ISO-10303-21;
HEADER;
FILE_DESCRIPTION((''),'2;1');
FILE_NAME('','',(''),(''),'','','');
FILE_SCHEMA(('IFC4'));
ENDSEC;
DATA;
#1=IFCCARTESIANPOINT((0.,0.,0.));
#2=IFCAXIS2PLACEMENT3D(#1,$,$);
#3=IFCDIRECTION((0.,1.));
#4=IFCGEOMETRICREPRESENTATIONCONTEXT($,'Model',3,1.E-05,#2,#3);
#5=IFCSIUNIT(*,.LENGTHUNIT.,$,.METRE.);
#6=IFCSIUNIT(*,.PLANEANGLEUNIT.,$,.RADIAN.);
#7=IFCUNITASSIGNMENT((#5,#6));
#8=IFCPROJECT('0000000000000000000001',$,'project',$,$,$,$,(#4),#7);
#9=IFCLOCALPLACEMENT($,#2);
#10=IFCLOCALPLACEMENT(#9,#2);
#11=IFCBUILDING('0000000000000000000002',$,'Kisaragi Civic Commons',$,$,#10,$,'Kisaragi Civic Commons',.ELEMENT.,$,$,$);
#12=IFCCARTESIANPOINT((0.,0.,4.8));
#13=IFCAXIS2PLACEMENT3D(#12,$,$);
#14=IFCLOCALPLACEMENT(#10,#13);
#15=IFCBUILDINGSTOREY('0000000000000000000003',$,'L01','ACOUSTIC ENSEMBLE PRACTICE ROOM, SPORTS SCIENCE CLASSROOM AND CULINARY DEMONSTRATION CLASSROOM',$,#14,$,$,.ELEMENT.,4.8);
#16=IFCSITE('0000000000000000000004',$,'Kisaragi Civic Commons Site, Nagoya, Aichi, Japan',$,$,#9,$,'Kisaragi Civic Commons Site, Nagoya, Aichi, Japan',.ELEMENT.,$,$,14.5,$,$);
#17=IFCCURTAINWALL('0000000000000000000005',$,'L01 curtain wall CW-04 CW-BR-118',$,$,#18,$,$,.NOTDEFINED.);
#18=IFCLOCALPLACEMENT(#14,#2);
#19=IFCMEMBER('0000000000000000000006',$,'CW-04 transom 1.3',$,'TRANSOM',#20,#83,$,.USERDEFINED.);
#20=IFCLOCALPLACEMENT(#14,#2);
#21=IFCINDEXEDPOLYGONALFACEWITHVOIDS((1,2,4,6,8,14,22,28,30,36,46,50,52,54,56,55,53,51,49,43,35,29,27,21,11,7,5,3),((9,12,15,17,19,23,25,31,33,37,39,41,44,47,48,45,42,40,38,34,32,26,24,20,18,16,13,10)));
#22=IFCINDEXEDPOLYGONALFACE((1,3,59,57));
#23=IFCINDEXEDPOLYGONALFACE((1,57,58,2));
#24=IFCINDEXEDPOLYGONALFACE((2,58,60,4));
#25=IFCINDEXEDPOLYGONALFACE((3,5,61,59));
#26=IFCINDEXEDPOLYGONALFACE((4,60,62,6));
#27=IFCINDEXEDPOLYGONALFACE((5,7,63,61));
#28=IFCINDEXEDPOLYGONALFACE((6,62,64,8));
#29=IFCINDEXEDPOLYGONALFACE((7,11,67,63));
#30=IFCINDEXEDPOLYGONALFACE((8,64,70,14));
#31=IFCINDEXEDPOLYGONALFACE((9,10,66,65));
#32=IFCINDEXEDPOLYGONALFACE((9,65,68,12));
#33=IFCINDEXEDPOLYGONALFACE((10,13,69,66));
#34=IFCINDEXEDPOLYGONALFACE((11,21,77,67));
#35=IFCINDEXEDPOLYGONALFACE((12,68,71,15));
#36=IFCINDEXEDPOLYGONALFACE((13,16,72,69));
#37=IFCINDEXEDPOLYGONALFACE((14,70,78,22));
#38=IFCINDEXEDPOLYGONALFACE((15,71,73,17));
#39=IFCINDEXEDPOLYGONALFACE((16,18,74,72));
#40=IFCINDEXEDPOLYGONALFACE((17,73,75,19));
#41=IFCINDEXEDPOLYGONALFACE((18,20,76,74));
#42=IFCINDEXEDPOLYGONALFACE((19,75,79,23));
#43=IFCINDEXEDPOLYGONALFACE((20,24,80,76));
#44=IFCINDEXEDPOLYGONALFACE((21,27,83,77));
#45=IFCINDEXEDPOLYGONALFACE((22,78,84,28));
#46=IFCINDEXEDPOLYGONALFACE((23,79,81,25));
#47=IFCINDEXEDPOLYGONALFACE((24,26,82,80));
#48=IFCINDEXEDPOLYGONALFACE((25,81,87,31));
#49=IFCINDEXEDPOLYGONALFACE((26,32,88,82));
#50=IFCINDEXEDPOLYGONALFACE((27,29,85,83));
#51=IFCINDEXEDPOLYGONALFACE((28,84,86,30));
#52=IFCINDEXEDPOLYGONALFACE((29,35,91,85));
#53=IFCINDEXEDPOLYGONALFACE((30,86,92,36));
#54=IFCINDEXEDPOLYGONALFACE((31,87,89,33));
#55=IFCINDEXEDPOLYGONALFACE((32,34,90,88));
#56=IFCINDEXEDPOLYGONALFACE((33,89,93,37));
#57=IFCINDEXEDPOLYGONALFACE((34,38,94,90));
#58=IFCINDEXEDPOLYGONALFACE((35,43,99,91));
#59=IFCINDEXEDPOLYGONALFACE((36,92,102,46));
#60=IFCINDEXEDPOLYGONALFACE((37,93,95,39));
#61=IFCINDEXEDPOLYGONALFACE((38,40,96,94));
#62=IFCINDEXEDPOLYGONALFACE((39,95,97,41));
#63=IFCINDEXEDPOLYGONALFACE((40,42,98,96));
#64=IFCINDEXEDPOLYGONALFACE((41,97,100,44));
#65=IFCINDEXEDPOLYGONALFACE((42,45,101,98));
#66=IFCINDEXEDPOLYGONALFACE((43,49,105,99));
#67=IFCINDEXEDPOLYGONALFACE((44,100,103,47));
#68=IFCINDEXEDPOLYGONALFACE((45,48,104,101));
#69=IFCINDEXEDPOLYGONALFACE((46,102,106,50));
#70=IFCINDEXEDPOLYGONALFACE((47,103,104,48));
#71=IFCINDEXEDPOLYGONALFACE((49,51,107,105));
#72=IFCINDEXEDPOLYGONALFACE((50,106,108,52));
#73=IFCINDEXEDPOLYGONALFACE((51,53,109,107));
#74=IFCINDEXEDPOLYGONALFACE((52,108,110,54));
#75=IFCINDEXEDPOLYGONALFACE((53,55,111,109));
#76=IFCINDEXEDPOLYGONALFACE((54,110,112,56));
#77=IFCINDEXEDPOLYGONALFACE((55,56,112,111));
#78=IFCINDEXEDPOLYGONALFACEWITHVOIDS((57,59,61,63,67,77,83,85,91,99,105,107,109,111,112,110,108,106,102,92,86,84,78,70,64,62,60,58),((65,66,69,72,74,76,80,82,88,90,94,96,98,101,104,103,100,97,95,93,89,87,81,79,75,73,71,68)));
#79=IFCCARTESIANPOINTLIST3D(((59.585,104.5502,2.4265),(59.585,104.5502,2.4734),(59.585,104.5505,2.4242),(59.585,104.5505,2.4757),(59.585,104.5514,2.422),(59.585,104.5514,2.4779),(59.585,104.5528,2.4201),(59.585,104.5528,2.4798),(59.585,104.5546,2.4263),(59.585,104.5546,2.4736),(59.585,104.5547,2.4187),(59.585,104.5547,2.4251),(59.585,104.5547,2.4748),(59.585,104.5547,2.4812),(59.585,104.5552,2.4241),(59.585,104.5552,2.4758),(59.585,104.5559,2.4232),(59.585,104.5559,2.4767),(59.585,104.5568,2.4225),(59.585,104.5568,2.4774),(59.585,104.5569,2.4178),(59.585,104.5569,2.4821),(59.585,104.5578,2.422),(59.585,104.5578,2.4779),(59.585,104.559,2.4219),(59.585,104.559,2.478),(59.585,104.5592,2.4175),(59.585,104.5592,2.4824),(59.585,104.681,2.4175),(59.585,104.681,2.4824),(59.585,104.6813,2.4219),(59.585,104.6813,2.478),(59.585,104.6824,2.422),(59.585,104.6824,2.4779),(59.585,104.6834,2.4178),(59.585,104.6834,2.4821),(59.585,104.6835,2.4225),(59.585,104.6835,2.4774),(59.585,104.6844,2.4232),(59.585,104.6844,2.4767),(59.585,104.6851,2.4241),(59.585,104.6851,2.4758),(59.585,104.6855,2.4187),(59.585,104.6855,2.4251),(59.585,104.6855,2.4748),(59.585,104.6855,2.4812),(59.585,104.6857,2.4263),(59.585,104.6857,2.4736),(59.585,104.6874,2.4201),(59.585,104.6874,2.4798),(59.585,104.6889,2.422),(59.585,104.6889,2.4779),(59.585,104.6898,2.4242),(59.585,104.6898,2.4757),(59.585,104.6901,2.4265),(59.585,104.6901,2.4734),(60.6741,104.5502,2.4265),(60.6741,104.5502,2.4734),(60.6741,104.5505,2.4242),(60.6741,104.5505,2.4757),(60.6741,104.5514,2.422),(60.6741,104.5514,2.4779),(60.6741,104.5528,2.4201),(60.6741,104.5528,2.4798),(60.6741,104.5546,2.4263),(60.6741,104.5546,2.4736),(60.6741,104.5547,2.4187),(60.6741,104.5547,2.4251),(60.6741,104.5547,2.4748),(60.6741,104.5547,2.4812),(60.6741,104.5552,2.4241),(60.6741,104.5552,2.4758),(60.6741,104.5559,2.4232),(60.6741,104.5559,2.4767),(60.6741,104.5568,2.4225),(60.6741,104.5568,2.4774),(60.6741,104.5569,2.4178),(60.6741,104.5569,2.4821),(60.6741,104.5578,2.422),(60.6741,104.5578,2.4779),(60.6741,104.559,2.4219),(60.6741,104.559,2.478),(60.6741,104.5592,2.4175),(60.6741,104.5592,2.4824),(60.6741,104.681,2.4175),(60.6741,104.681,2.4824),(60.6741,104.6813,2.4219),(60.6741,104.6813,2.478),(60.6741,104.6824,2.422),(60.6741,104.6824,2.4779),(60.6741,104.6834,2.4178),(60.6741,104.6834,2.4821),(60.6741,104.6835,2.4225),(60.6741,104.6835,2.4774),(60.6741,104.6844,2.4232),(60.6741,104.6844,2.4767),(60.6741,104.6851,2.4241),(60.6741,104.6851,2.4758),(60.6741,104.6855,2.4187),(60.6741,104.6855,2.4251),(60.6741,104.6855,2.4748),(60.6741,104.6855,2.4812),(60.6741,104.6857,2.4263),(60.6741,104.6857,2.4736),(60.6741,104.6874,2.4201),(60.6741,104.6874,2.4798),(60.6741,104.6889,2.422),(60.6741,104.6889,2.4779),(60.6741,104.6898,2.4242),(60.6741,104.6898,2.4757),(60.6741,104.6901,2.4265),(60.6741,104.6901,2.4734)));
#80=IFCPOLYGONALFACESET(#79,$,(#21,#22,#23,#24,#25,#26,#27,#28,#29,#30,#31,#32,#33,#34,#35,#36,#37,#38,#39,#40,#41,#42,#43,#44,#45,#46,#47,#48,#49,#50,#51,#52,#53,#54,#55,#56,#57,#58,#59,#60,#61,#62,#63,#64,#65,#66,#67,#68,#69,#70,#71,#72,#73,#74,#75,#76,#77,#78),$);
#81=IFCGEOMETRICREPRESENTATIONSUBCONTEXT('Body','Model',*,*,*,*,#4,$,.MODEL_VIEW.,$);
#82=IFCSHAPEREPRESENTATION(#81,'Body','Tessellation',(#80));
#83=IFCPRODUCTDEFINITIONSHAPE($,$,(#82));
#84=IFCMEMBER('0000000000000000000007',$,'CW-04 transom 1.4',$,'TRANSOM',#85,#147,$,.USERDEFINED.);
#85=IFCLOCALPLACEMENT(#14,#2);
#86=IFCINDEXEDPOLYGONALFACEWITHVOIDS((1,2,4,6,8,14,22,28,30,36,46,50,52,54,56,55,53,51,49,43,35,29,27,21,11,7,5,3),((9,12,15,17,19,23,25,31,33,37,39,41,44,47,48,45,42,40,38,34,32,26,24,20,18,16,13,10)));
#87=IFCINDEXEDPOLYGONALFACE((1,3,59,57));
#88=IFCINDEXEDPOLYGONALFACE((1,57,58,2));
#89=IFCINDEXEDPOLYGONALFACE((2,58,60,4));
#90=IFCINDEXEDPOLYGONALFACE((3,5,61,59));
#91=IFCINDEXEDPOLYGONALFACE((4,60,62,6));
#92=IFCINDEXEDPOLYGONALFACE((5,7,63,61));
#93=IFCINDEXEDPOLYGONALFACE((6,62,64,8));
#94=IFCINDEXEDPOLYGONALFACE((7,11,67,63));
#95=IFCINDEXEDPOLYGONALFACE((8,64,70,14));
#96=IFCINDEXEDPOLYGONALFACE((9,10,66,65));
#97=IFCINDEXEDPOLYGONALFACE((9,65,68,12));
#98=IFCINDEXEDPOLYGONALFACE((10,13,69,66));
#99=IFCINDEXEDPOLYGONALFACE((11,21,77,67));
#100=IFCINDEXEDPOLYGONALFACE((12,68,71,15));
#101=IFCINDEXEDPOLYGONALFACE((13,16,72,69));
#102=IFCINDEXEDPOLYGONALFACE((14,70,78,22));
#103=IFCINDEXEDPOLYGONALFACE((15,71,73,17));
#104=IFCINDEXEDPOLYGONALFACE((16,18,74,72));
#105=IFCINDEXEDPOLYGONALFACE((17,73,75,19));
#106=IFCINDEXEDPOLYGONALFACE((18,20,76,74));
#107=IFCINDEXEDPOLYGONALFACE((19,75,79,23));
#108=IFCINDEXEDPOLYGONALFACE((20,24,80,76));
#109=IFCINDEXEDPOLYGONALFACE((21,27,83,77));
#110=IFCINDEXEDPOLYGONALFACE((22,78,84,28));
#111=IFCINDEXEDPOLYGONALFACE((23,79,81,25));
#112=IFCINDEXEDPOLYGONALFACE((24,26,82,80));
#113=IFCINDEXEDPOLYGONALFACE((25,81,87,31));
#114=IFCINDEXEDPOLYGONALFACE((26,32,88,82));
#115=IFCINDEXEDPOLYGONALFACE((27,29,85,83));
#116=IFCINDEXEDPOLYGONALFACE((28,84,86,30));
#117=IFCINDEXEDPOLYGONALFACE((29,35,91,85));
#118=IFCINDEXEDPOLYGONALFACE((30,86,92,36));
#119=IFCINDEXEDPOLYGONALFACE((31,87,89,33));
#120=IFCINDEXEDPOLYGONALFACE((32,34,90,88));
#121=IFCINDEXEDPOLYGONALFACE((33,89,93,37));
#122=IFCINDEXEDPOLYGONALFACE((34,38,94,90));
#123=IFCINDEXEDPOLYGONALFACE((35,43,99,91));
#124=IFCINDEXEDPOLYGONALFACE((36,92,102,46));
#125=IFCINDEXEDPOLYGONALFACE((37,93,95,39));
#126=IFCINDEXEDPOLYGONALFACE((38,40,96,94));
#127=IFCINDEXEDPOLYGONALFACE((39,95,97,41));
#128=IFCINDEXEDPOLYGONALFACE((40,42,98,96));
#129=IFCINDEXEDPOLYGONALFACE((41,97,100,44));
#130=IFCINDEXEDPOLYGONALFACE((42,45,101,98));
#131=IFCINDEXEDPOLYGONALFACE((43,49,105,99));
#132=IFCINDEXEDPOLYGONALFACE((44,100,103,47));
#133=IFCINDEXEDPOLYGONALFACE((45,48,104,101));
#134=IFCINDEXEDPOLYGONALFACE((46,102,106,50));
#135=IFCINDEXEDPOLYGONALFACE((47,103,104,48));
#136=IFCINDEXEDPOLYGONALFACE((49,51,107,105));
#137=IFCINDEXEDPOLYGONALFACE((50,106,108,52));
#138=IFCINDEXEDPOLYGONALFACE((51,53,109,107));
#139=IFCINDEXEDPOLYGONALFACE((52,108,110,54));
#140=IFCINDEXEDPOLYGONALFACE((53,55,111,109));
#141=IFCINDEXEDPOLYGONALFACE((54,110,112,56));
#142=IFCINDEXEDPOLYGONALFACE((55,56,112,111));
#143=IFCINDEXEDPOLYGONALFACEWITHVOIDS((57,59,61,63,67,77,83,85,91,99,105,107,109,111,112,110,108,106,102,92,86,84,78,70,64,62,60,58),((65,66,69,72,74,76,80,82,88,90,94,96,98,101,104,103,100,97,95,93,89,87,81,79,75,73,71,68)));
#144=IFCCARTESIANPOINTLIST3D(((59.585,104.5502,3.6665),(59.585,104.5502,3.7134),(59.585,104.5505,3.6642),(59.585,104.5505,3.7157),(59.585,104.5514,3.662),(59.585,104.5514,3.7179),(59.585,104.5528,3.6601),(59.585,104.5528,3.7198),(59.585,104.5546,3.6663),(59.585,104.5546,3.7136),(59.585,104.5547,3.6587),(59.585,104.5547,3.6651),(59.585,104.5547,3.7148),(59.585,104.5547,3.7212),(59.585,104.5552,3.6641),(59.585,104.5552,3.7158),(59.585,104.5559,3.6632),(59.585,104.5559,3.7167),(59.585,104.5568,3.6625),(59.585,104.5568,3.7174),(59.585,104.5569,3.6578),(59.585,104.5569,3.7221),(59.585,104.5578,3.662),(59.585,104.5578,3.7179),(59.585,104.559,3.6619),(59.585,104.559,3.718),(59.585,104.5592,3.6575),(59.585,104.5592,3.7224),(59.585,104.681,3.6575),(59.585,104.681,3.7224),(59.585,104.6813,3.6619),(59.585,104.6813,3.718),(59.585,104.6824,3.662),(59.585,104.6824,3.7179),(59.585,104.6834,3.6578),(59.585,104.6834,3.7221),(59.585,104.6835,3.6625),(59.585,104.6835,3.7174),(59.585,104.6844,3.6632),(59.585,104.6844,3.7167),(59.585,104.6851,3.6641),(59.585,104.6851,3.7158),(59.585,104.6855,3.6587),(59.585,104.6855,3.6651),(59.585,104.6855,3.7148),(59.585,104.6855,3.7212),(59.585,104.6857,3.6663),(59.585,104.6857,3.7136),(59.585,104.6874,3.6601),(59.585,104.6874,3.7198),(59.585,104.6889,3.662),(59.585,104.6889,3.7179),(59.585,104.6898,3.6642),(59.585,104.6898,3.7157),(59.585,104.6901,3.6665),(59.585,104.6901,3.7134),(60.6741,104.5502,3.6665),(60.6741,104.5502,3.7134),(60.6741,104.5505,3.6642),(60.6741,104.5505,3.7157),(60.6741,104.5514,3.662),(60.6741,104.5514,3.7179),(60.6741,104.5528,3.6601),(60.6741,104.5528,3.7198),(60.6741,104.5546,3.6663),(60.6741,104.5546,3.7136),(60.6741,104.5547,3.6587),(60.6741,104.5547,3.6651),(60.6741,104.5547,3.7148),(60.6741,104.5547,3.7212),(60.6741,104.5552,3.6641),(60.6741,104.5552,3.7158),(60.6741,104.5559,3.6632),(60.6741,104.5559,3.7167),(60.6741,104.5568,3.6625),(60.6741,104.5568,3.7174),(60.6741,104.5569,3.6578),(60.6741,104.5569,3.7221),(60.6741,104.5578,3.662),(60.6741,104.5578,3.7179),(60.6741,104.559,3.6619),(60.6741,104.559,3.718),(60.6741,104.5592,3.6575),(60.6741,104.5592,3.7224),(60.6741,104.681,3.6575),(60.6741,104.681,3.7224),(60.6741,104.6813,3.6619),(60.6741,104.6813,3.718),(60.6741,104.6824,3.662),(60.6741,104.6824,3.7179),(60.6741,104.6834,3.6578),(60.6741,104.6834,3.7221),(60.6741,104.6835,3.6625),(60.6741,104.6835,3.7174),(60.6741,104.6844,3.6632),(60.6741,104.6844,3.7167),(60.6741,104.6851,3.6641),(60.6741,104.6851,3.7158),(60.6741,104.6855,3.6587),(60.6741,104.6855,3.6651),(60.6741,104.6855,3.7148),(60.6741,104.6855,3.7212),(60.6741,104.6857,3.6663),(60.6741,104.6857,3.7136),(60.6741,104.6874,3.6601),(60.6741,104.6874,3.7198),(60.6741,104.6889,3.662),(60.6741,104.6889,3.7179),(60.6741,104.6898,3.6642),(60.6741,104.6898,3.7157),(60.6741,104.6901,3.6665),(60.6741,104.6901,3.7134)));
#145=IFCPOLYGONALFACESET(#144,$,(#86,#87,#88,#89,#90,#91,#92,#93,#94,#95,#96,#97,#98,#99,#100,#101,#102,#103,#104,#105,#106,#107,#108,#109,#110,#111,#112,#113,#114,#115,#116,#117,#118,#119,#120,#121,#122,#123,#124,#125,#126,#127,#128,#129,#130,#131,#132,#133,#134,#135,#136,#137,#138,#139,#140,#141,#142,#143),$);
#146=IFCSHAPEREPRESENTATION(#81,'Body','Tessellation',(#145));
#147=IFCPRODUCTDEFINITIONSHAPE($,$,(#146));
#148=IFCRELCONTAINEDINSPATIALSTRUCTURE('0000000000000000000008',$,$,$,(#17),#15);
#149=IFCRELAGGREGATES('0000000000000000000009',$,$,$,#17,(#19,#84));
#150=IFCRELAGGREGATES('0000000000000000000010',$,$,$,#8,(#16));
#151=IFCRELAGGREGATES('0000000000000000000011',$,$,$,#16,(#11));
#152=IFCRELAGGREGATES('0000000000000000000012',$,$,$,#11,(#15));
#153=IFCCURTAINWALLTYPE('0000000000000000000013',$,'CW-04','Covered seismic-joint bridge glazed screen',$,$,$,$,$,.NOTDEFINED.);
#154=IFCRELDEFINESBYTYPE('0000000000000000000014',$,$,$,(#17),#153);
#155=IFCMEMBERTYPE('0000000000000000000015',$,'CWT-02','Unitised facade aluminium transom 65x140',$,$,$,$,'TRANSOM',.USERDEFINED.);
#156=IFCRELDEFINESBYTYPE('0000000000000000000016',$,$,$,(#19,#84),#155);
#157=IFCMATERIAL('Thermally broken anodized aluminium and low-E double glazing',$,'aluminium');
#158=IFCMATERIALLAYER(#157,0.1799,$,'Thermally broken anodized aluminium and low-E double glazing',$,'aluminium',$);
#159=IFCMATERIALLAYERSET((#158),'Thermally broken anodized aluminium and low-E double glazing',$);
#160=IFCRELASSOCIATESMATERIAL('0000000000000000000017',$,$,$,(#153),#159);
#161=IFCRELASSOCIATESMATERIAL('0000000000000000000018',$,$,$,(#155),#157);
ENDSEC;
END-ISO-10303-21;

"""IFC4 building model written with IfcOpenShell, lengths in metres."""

from ifc_helpers import new_model, si_unit, direction, frame, origin, origin_2d, place, context, subcontext, project, spatial, hollow_rectangle, extrude, material, layer, layer_set, material_profile, profile_set, type_object, element, aggregate, save


model = new_model("IFC4")

# Units and contexts
model_context = context("Model", 3, precision=1e-05, world=origin(), true_north=direction((0.0, 1.0)))
body_context = subcontext(model_context, "Body", "Model", "MODEL_VIEW")
ifc_project = project(units=[si_unit("LENGTHUNIT", "METRE"), si_unit("PLANEANGLEUNIT", "RADIAN")], contexts=[model_context])

# Site, building, storey
site_placement = place(None, origin())
site = spatial("IfcSite", under=ifc_project, at=site_placement, Name="Kisaragi Civic Commons Site, Nagoya, Aichi, Japan", LongName="Kisaragi Civic Commons Site, Nagoya, Aichi, Japan", CompositionType="ELEMENT", RefElevation=14.5)
building_placement = place(site_placement, origin())
building = spatial("IfcBuilding", under=site, at=building_placement, Name="Kisaragi Civic Commons", LongName="Kisaragi Civic Commons", CompositionType="ELEMENT")
storey_placement = place(building_placement, frame((0.0, 0.0, 4.8)))
storey = spatial("IfcBuildingStorey", under=building, at=storey_placement, Name="L01", Description="ACOUSTIC ENSEMBLE PRACTICE ROOM, SPORTS SCIENCE CLASSROOM AND CULINARY DEMONSTRATION CLASSROOM", CompositionType="ELEMENT", Elevation=4.8)

# Curtain wall
ifc_material = material(Name="Thermally broken anodized aluminium and low-E double glazing", Category="aluminium")
ifc_layer_1 = layer(ifc_material, 0.1799, Name="Thermally broken anodized aluminium and low-E double glazing", Category="aluminium")
ifc_layer_set_1 = layer_set([ifc_layer_1], Name="Thermally broken anodized aluminium and low-E double glazing")
curtain_wall_type = type_object("IfcCurtainWallType", Name="CW-04", Description="Covered seismic-joint bridge glazed screen", PredefinedType="NOTDEFINED", material=ifc_layer_set_1)
curtain_wall_1_placement = place(storey_placement, origin())
curtain_wall_1 = element("IfcCurtainWall", 1, at=curtain_wall_1_placement, inside=storey, type_object=curtain_wall_type, Name="L01 curtain wall CW-04 CW-BR-118", PredefinedType="NOTDEFINED")

# Members
ifc_material_profile_1 = material_profile(ifc_material, hollow_rectangle(XDim=0.1399, YDim=0.0649, WallThickness=0.0044, InnerFilletRadius=0.0044, OuterFilletRadius=0.009, at=origin_2d()), Name="CWT-65x140x4.5", Category="aluminium")
ifc_profile_set_1 = profile_set([ifc_material_profile_1], Name="Thermally broken anodized aluminium and low-E double glazing")
member_type_1 = type_object("IfcMemberType", Name="CWT-02", Description="Unitised facade aluminium transom 65x140", ElementType="TRANSOM", PredefinedType="USERDEFINED", material=ifc_profile_set_1)
member_1_placement = place(storey_placement, frame((59.585, 104.6201, 2.45), z_axis=(1.0, 0.0, 0.0), x_axis=(0.0, 1.0, 0.0)))
member_1 = element("IfcMember", 2, at=member_1_placement, type_object=member_type_1, Name="CW-04 transom 1.3", ObjectType="TRANSOM", PredefinedType="USERDEFINED", context=body_context, shape_type="SweptSolid", body=[
    extrude(hollow_rectangle(XDim=0.1399, YDim=0.0649, WallThickness=0.0044, InnerFilletRadius=0.0044, OuterFilletRadius=0.009, at=origin_2d()), origin(), (0.0, 0.0, 1.0), 1.0891),
])
member_2_placement = place(storey_placement, frame((59.585, 104.6201, 3.6899), z_axis=(1.0, 0.0, 0.0), x_axis=(0.0, 1.0, 0.0)))
member_2 = element("IfcMember", 3, at=member_2_placement, type_object=member_type_1, Name="CW-04 transom 1.4", ObjectType="TRANSOM", PredefinedType="USERDEFINED", context=body_context, shape_type="SweptSolid", body=[
    extrude(hollow_rectangle(XDim=0.1399, YDim=0.0649, WallThickness=0.0044, InnerFilletRadius=0.0044, OuterFilletRadius=0.009, at=origin_2d()), origin(), (0.0, 0.0, 1.0), 1.0891),
])

aggregate(curtain_wall_1, [member_1, member_2])

save(model, "model.ifc")
